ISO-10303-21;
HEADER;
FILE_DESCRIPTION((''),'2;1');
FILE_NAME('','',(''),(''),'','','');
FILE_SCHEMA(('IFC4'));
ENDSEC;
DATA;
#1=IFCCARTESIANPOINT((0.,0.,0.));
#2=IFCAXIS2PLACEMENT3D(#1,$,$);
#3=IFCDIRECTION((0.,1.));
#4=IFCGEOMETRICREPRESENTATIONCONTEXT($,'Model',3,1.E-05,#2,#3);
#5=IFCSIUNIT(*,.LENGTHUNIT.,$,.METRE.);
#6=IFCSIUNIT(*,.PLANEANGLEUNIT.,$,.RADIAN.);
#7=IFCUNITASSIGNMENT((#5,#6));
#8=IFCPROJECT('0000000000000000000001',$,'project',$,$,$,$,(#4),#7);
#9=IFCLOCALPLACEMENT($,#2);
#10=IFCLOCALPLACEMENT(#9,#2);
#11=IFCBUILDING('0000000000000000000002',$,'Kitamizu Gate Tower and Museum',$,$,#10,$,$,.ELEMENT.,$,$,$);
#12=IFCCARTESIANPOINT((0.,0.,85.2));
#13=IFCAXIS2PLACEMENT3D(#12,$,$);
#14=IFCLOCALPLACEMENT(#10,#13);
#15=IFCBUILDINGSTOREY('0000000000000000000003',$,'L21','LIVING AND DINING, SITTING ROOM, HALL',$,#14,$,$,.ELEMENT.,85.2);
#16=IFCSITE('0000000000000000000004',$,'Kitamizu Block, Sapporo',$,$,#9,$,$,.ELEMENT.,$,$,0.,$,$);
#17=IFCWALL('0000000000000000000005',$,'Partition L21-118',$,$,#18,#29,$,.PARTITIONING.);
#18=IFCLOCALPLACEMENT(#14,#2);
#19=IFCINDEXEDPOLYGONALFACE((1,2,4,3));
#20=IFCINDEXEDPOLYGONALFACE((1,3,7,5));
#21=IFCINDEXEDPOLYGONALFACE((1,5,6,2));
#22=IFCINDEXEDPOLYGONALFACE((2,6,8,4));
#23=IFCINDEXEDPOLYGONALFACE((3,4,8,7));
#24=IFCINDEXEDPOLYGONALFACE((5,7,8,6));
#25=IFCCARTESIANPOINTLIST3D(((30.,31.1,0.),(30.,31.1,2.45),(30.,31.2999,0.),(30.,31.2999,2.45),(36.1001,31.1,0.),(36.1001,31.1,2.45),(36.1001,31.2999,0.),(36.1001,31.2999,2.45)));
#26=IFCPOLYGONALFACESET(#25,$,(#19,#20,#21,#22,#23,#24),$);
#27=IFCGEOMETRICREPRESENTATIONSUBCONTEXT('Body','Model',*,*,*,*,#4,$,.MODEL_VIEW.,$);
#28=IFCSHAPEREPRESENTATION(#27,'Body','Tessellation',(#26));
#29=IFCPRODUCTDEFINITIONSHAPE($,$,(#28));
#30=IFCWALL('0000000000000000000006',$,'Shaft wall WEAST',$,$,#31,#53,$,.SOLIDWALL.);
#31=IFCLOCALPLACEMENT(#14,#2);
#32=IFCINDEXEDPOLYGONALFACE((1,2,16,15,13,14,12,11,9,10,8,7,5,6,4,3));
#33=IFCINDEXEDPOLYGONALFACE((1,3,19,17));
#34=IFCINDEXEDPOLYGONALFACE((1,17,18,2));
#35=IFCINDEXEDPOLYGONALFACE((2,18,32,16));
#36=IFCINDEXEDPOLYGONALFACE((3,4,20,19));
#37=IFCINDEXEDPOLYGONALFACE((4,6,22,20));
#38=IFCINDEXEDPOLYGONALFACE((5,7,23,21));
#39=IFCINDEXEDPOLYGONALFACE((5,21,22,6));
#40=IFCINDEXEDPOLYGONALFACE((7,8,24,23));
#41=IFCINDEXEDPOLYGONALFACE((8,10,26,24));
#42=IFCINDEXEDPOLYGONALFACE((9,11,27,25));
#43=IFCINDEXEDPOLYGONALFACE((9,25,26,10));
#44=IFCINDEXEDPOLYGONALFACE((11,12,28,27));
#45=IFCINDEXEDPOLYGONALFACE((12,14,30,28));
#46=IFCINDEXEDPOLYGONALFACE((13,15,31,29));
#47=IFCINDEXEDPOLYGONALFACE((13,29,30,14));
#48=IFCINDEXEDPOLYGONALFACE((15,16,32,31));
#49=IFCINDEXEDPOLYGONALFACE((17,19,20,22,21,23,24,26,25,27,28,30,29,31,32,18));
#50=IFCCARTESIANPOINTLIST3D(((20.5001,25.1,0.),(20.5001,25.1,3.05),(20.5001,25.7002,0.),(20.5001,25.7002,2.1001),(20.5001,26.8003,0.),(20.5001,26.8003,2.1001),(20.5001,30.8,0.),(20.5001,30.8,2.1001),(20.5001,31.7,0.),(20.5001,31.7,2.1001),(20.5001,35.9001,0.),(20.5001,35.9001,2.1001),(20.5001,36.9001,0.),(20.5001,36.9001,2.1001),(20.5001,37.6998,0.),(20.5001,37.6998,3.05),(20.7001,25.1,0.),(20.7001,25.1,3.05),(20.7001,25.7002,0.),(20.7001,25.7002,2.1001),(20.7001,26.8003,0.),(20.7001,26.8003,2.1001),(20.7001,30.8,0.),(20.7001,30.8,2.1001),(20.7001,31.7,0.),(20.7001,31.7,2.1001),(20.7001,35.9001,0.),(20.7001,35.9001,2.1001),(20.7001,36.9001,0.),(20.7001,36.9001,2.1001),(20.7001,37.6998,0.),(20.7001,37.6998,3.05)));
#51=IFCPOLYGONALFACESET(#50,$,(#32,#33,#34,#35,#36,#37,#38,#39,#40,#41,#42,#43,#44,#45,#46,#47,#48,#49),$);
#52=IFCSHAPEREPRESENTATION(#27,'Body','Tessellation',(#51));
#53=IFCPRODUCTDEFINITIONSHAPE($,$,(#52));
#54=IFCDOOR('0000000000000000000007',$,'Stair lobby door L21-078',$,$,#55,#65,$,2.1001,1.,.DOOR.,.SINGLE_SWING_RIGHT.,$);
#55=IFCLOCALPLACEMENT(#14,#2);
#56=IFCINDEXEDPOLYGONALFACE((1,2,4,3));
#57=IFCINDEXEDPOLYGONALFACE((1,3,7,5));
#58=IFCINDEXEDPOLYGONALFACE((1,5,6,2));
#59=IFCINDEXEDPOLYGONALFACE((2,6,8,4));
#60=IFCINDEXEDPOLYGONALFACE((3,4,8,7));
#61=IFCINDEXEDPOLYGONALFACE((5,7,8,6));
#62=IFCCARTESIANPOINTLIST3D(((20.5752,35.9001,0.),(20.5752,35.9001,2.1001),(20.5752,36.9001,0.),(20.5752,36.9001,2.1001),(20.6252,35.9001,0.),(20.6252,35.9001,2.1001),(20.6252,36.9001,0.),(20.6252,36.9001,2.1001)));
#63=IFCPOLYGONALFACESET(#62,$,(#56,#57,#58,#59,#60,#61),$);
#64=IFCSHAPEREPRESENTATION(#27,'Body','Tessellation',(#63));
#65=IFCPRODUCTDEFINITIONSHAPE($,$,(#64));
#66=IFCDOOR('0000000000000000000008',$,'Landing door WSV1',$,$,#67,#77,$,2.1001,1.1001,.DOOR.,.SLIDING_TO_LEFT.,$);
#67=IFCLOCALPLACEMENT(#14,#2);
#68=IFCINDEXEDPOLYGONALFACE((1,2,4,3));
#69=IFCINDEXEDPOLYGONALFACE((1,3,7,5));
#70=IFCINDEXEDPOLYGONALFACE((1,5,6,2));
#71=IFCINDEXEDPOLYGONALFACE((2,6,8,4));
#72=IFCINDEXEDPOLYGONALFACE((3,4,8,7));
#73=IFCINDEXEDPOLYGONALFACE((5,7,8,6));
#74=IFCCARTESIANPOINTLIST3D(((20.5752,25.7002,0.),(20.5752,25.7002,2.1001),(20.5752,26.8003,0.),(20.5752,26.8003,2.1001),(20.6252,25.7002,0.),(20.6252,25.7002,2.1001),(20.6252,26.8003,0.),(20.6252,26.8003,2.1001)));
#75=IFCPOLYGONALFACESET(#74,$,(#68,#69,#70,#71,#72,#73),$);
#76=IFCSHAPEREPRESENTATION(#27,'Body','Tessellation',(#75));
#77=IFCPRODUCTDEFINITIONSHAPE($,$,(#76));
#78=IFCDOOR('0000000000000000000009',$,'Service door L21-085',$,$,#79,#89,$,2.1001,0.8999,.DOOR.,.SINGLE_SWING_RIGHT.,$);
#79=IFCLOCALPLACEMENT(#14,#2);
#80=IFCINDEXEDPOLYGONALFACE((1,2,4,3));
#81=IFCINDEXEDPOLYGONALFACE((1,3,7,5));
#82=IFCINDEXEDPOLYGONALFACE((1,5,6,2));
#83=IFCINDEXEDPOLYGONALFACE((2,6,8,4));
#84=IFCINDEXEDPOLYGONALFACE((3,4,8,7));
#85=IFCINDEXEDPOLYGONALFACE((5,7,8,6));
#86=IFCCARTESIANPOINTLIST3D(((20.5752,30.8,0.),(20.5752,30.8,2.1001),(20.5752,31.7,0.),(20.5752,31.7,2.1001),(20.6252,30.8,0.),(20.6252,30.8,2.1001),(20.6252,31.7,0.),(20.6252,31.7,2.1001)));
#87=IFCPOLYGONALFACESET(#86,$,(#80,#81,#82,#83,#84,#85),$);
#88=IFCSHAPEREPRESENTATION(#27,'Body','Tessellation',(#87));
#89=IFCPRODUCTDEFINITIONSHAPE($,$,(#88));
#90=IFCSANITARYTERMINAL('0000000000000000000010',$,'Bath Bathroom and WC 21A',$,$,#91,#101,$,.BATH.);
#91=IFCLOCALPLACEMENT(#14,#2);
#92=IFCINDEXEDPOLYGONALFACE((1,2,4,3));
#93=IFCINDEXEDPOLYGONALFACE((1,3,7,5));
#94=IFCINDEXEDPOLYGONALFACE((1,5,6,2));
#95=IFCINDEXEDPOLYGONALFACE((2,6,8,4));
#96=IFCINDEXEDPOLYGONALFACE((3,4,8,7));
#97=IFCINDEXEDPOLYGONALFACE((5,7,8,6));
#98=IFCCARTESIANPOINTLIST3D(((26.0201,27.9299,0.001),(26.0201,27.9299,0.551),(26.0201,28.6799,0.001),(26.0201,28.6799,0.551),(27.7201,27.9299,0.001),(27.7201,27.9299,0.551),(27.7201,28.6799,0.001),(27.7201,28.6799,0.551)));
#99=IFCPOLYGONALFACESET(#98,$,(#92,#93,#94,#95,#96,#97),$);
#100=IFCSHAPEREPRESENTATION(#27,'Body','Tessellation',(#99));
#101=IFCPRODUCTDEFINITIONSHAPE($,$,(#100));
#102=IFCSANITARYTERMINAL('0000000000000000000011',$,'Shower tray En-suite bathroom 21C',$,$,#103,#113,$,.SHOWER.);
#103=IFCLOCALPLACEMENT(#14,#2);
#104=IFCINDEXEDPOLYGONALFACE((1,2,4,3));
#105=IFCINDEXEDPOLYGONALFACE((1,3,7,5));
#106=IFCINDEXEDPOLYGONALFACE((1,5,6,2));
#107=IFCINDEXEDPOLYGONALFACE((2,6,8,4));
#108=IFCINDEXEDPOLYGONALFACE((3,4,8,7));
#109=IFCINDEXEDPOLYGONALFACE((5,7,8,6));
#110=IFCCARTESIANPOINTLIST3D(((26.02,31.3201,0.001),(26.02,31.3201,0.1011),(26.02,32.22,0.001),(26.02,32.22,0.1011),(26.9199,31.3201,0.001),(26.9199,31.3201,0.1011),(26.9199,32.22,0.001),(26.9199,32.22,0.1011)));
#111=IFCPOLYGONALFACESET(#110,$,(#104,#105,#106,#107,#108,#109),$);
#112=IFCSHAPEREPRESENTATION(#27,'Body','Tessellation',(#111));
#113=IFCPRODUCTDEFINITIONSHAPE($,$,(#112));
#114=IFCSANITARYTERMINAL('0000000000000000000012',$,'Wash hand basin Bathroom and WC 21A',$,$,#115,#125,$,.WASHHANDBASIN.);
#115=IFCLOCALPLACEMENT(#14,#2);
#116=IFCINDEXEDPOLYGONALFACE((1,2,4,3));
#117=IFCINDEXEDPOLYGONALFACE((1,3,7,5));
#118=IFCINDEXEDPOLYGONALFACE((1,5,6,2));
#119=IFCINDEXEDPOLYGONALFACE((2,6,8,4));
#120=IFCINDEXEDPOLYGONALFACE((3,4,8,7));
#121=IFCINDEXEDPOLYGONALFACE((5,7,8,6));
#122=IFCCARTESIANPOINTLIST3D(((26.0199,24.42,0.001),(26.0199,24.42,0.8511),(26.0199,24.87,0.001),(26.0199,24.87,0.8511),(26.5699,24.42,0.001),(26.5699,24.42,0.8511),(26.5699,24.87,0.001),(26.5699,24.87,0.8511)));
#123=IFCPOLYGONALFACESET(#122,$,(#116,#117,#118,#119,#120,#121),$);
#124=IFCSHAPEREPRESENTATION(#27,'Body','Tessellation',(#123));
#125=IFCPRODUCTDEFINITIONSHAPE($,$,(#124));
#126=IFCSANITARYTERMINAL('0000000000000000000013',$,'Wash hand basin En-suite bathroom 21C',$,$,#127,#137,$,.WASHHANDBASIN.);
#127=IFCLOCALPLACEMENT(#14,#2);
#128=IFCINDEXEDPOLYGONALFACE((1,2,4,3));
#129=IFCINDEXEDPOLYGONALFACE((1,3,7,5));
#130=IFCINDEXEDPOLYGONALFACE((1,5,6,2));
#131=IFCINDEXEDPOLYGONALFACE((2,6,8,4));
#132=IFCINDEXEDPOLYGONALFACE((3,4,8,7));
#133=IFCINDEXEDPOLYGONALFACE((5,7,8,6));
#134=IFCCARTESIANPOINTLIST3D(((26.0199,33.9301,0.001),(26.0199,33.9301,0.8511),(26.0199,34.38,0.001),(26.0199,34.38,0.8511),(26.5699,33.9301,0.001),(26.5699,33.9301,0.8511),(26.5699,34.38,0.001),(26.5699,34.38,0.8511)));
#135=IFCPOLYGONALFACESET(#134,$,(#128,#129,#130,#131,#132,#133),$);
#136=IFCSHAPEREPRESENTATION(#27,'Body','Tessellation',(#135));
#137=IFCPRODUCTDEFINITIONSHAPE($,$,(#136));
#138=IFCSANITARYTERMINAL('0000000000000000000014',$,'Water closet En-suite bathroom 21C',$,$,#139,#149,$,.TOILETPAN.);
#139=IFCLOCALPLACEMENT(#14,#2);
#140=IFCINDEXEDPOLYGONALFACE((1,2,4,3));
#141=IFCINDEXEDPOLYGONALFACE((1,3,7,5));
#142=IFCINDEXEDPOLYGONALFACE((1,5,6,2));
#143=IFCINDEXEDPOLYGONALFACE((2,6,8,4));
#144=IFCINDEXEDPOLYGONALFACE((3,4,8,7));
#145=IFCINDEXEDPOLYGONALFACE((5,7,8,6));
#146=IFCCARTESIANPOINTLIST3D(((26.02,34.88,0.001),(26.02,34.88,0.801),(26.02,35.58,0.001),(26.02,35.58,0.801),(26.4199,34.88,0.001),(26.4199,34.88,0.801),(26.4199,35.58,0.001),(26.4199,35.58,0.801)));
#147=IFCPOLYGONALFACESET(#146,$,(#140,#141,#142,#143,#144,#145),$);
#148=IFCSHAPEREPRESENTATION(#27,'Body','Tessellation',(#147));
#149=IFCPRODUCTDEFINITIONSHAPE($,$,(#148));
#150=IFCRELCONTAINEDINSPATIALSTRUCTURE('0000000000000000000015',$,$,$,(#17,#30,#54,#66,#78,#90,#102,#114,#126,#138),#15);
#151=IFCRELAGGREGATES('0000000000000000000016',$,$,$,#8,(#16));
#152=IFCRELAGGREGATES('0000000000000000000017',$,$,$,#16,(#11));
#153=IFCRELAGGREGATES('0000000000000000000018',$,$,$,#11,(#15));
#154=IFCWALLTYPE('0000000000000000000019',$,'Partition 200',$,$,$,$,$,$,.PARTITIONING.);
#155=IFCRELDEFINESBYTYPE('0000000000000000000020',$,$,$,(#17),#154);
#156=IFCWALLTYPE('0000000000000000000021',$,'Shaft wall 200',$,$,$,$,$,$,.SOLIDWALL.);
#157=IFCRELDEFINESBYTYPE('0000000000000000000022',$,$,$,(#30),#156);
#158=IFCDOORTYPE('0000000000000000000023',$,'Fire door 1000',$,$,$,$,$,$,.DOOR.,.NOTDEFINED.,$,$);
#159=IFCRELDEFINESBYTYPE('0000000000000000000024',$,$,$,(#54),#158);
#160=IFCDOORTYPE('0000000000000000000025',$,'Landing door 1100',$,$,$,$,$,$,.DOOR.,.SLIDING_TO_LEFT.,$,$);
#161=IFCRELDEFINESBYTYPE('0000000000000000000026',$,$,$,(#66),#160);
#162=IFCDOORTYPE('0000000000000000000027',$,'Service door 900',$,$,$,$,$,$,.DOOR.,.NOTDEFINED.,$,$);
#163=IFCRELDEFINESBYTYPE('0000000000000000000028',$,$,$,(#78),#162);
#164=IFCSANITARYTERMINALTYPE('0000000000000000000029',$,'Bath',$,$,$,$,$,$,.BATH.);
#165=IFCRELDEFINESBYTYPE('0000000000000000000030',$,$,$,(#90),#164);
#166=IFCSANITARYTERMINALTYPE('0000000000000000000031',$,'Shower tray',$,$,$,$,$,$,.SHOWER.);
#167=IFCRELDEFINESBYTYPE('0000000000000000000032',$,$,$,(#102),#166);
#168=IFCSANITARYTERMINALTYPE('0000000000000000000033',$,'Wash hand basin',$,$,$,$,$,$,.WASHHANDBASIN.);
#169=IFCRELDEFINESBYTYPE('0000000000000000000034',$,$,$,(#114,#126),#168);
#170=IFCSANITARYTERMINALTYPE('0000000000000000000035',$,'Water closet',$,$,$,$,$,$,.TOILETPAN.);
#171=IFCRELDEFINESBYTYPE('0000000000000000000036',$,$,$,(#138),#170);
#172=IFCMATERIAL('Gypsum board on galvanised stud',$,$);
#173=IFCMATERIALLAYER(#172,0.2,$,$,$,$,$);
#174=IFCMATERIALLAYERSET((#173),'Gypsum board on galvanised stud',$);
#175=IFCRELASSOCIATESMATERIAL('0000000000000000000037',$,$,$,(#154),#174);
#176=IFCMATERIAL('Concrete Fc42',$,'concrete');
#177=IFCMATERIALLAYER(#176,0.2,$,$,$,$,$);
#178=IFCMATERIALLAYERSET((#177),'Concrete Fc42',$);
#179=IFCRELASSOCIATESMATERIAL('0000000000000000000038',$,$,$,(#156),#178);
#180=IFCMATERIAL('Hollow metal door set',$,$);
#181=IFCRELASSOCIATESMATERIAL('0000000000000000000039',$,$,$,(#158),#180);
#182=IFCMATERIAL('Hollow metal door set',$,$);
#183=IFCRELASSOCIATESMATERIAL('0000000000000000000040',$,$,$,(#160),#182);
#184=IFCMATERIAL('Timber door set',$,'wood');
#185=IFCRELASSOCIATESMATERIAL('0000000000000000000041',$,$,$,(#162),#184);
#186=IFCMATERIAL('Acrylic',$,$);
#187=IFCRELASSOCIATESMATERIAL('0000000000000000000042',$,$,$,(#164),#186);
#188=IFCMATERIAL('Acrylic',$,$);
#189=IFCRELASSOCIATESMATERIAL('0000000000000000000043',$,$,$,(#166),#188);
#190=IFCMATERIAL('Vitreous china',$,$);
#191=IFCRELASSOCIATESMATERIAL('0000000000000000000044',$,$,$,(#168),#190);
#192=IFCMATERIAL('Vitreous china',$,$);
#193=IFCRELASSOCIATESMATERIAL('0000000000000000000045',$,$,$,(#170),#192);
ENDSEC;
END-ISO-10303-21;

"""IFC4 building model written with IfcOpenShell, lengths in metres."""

from ifc_helpers import new_model, si_unit, direction, frame, frame_2d, origin, origin_2d, place, context, subcontext, project, spatial, rectangle, extrude, material, layer, layer_set, type_object, element, fill, save


model = new_model("IFC4")

# Units and contexts
model_context = context("Model", 3, precision=1e-05, world=origin(), true_north=direction((0.0, 1.0)))
body_context = subcontext(model_context, "Body", "Model", "MODEL_VIEW")
ifc_project = project(units=[si_unit("LENGTHUNIT", "METRE"), si_unit("PLANEANGLEUNIT", "RADIAN")], contexts=[model_context])

# Site, building, storey
site_placement = place(None, origin())
site = spatial("IfcSite", under=ifc_project, at=site_placement, Name="Kitamizu Block, Sapporo", CompositionType="ELEMENT", RefElevation=0.0)
building_placement = place(site_placement, origin())
building = spatial("IfcBuilding", under=site, at=building_placement, Name="Kitamizu Gate Tower and Museum", CompositionType="ELEMENT")
storey_placement = place(building_placement, frame((0.0, 0.0, 85.2)))
storey = spatial("IfcBuildingStorey", under=building, at=storey_placement, Name="L21", Description="LIVING AND DINING, SITTING ROOM, HALL", CompositionType="ELEMENT", Elevation=85.2)

# Wall
ifc_material_1 = material(Name="Gypsum board on galvanised stud")
ifc_layer_1 = layer(ifc_material_1, 0.2)
ifc_layer_set_1 = layer_set([ifc_layer_1], Name="Gypsum board on galvanised stud")
wall_type_1 = type_object("IfcWallType", Name="Partition 200", PredefinedType="PARTITIONING", material=ifc_layer_set_1)
wall_1_placement = place(storey_placement, frame((30.0, 31.2, 0.0), z_axis=(0.0, 0.0, 1.0), x_axis=(1.0, 0.0, 0.0)))
element("IfcWall", 1, at=wall_1_placement, inside=storey, type_object=wall_type_1, Name="Partition L21-118", PredefinedType="PARTITIONING", context=body_context, shape_type="SweptSolid", body=[
    extrude(rectangle(XDim=6.1001, YDim=0.2, at=frame_2d((3.05, 0.0))), origin(), (0.0, 0.0, 1.0), 2.45),
])

# Wall, openings, doors
ifc_material_2 = material(Name="Concrete Fc42", Category="concrete")
ifc_layer_2 = layer(ifc_material_2, 0.2)
ifc_layer_set_2 = layer_set([ifc_layer_2], Name="Concrete Fc42")
wall_type_2 = type_object("IfcWallType", Name="Shaft wall 200", PredefinedType="SOLIDWALL", material=ifc_layer_set_2)
wall_2_placement = place(storey_placement, frame((20.6001, 25.1001, 0.0), z_axis=(0.0, 0.0, 1.0), x_axis=(0.0, 1.0, 0.0)))
wall_2 = element("IfcWall", 2, at=wall_2_placement, inside=storey, type_object=wall_type_2, Name="Shaft wall WEAST", PredefinedType="SOLIDWALL", context=body_context, shape_type="SweptSolid", body=[
    extrude(rectangle(XDim=12.5999, YDim=0.2, at=frame_2d((6.2998, 0.0))), origin(), (0.0, 0.0, 1.0), 3.05),
])
opening_1_placement = place(wall_2_placement, frame((0.6001, 0.0, 0.0)))
opening_1 = element("IfcOpeningElement", 3, at=opening_1_placement, cuts=wall_2, PredefinedType="OPENING", context=body_context, shape_type="SweptSolid", body=[
    extrude(rectangle(XDim=1.1001, YDim=2.1001, at=frame_2d((0.55, 1.05))), frame((0.0, 0.1099, 0.0), z_axis=(0.0, -1.0, 0.0), x_axis=(1.0, 0.0, 0.0)), (0.0, 0.0, 1.0), 0.22),
])
opening_2_placement = place(wall_2_placement, frame((10.8, 0.0, 0.0)))
opening_2 = element("IfcOpeningElement", 4, at=opening_2_placement, cuts=wall_2, PredefinedType="OPENING", context=body_context, shape_type="SweptSolid", body=[
    extrude(rectangle(XDim=1.0, YDim=2.1001, at=frame_2d((0.5, 1.05))), frame((0.0, 0.1099, 0.0), z_axis=(0.0, -1.0, 0.0), x_axis=(1.0, 0.0, 0.0)), (0.0, 0.0, 1.0), 0.22),
])
opening_3_placement = place(wall_2_placement, frame((5.7, 0.0, 0.0)))
opening_3 = element("IfcOpeningElement", 5, at=opening_3_placement, cuts=wall_2, PredefinedType="OPENING", context=body_context, shape_type="SweptSolid", body=[
    extrude(rectangle(XDim=0.8999, YDim=2.1001, at=frame_2d((0.45, 1.05))), frame((0.0, 0.1099, 0.0), z_axis=(0.0, -1.0, 0.0), x_axis=(1.0, 0.0, 0.0)), (0.0, 0.0, 1.0), 0.22),
])
ifc_material_3 = material(Name="Hollow metal door set")
door_type_1 = type_object("IfcDoorType", Name="Fire door 1000", OperationType="NOTDEFINED", PredefinedType="DOOR", material=ifc_material_3)
door_1_placement = place(opening_2_placement, origin())
door_1 = element("IfcDoor", 6, at=door_1_placement, inside=storey, type_object=door_type_1, Name="Stair lobby door L21-078", OperationType="SINGLE_SWING_RIGHT", OverallHeight=2.1001, OverallWidth=1.0, PredefinedType="DOOR", context=body_context, shape_type="SweptSolid", body=[
    extrude(rectangle(XDim=1.0, YDim=2.1001, at=frame_2d((0.5, 1.05))), frame((0.0, 0.0249, 0.0), z_axis=(0.0, -1.0, 0.0), x_axis=(1.0, 0.0, 0.0)), (0.0, 0.0, 1.0), 0.05),
])
fill(opening_2, door_1)
ifc_material_4 = material(Name="Hollow metal door set")
door_type_2 = type_object("IfcDoorType", Name="Landing door 1100", OperationType="SLIDING_TO_LEFT", PredefinedType="DOOR", material=ifc_material_4)
door_2_placement = place(opening_1_placement, origin())
door_2 = element("IfcDoor", 7, at=door_2_placement, inside=storey, type_object=door_type_2, Name="Landing door WSV1", OperationType="SLIDING_TO_LEFT", OverallHeight=2.1001, OverallWidth=1.1001, PredefinedType="DOOR", context=body_context, shape_type="SweptSolid", body=[
    extrude(rectangle(XDim=1.1001, YDim=2.1001, at=frame_2d((0.55, 1.05))), frame((0.0, 0.0249, 0.0), z_axis=(0.0, -1.0, 0.0), x_axis=(1.0, 0.0, 0.0)), (0.0, 0.0, 1.0), 0.05),
])
fill(opening_1, door_2)
ifc_material_5 = material(Name="Timber door set", Category="wood")
door_type_3 = type_object("IfcDoorType", Name="Service door 900", OperationType="NOTDEFINED", PredefinedType="DOOR", material=ifc_material_5)
door_3_placement = place(opening_3_placement, origin())
door_3 = element("IfcDoor", 8, at=door_3_placement, inside=storey, type_object=door_type_3, Name="Service door L21-085", OperationType="SINGLE_SWING_RIGHT", OverallHeight=2.1001, OverallWidth=0.8999, PredefinedType="DOOR", context=body_context, shape_type="SweptSolid", body=[
    extrude(rectangle(XDim=0.8999, YDim=2.1001, at=frame_2d((0.45, 1.05))), frame((0.0, 0.0249, 0.0), z_axis=(0.0, -1.0, 0.0), x_axis=(1.0, 0.0, 0.0)), (0.0, 0.0, 1.0), 0.05),
])
fill(opening_3, door_3)

# Sanitary terminals
ifc_material_6 = material(Name="Acrylic")
sanitary_terminal_type_1 = type_object("IfcSanitaryTerminalType", Name="Bath", PredefinedType="BATH", material=ifc_material_6)
sanitary_terminal_1_placement = place(storey_placement, frame((26.8701, 28.3049, 0.001), z_axis=(0.0, 0.0, 1.0), x_axis=(1.0, 0.0, 0.0)))
element("IfcSanitaryTerminal", 9, at=sanitary_terminal_1_placement, inside=storey, type_object=sanitary_terminal_type_1, Name="Bath Bathroom and WC 21A", PredefinedType="BATH", context=body_context, shape_type="SweptSolid", body=[
    extrude(rectangle(XDim=1.7, YDim=0.75, at=origin_2d()), origin(), (0.0, 0.0, 1.0), 0.55),
])
ifc_material_7 = material(Name="Acrylic")
sanitary_terminal_type_2 = type_object("IfcSanitaryTerminalType", Name="Shower tray", PredefinedType="SHOWER", material=ifc_material_7)
sanitary_terminal_2_placement = place(storey_placement, frame((26.47, 31.77, 0.001), z_axis=(0.0, 0.0, 1.0), x_axis=(1.0, 0.0, 0.0)))
element("IfcSanitaryTerminal", 10, at=sanitary_terminal_2_placement, inside=storey, type_object=sanitary_terminal_type_2, Name="Shower tray En-suite bathroom 21C", PredefinedType="SHOWER", context=body_context, shape_type="SweptSolid", body=[
    extrude(rectangle(XDim=0.8999, YDim=0.8999, at=origin_2d()), origin(), (0.0, 0.0, 1.0), 0.1001),
])
ifc_material_8 = material(Name="Vitreous china")
sanitary_terminal_type_3 = type_object("IfcSanitaryTerminalType", Name="Wash hand basin", PredefinedType="WASHHANDBASIN", material=ifc_material_8)
for number, where, z_axis, x_axis, name in (
    (11, (26.2949, 24.645, 0.001), (0.0, 0.0, 1.0), (1.0, 0.0, 0.0), "Wash hand basin Bathroom and WC 21A"),
    (12, (26.2949, 34.155, 0.001), (0.0, 0.0, 1.0), (1.0, 0.0, 0.0), "Wash hand basin En-suite bathroom 21C"),
):
    element("IfcSanitaryTerminal", number, at=place(storey_placement, frame(where, z_axis=z_axis, x_axis=x_axis)), inside=storey, type_object=sanitary_terminal_type_3, Name=name, PredefinedType="WASHHANDBASIN", context=body_context, shape_type="SweptSolid", body=[
        extrude(rectangle(XDim=0.55, YDim=0.45, at=origin_2d()), origin(), (0.0, 0.0, 1.0), 0.8501),
    ])
ifc_material_9 = material(Name="Vitreous china")
sanitary_terminal_type_4 = type_object("IfcSanitaryTerminalType", Name="Water closet", PredefinedType="TOILETPAN", material=ifc_material_9)
sanitary_terminal_3_placement = place(storey_placement, frame((26.22, 35.23, 0.001), z_axis=(0.0, 0.0, 1.0), x_axis=(1.0, 0.0, 0.0)))
element("IfcSanitaryTerminal", 13, at=sanitary_terminal_3_placement, inside=storey, type_object=sanitary_terminal_type_4, Name="Water closet En-suite bathroom 21C", PredefinedType="TOILETPAN", context=body_context, shape_type="SweptSolid", body=[
    extrude(rectangle(XDim=0.3999, YDim=0.7, at=origin_2d()), origin(), (0.0, 0.0, 1.0), 0.8),
])

save(model, "model.ifc")
